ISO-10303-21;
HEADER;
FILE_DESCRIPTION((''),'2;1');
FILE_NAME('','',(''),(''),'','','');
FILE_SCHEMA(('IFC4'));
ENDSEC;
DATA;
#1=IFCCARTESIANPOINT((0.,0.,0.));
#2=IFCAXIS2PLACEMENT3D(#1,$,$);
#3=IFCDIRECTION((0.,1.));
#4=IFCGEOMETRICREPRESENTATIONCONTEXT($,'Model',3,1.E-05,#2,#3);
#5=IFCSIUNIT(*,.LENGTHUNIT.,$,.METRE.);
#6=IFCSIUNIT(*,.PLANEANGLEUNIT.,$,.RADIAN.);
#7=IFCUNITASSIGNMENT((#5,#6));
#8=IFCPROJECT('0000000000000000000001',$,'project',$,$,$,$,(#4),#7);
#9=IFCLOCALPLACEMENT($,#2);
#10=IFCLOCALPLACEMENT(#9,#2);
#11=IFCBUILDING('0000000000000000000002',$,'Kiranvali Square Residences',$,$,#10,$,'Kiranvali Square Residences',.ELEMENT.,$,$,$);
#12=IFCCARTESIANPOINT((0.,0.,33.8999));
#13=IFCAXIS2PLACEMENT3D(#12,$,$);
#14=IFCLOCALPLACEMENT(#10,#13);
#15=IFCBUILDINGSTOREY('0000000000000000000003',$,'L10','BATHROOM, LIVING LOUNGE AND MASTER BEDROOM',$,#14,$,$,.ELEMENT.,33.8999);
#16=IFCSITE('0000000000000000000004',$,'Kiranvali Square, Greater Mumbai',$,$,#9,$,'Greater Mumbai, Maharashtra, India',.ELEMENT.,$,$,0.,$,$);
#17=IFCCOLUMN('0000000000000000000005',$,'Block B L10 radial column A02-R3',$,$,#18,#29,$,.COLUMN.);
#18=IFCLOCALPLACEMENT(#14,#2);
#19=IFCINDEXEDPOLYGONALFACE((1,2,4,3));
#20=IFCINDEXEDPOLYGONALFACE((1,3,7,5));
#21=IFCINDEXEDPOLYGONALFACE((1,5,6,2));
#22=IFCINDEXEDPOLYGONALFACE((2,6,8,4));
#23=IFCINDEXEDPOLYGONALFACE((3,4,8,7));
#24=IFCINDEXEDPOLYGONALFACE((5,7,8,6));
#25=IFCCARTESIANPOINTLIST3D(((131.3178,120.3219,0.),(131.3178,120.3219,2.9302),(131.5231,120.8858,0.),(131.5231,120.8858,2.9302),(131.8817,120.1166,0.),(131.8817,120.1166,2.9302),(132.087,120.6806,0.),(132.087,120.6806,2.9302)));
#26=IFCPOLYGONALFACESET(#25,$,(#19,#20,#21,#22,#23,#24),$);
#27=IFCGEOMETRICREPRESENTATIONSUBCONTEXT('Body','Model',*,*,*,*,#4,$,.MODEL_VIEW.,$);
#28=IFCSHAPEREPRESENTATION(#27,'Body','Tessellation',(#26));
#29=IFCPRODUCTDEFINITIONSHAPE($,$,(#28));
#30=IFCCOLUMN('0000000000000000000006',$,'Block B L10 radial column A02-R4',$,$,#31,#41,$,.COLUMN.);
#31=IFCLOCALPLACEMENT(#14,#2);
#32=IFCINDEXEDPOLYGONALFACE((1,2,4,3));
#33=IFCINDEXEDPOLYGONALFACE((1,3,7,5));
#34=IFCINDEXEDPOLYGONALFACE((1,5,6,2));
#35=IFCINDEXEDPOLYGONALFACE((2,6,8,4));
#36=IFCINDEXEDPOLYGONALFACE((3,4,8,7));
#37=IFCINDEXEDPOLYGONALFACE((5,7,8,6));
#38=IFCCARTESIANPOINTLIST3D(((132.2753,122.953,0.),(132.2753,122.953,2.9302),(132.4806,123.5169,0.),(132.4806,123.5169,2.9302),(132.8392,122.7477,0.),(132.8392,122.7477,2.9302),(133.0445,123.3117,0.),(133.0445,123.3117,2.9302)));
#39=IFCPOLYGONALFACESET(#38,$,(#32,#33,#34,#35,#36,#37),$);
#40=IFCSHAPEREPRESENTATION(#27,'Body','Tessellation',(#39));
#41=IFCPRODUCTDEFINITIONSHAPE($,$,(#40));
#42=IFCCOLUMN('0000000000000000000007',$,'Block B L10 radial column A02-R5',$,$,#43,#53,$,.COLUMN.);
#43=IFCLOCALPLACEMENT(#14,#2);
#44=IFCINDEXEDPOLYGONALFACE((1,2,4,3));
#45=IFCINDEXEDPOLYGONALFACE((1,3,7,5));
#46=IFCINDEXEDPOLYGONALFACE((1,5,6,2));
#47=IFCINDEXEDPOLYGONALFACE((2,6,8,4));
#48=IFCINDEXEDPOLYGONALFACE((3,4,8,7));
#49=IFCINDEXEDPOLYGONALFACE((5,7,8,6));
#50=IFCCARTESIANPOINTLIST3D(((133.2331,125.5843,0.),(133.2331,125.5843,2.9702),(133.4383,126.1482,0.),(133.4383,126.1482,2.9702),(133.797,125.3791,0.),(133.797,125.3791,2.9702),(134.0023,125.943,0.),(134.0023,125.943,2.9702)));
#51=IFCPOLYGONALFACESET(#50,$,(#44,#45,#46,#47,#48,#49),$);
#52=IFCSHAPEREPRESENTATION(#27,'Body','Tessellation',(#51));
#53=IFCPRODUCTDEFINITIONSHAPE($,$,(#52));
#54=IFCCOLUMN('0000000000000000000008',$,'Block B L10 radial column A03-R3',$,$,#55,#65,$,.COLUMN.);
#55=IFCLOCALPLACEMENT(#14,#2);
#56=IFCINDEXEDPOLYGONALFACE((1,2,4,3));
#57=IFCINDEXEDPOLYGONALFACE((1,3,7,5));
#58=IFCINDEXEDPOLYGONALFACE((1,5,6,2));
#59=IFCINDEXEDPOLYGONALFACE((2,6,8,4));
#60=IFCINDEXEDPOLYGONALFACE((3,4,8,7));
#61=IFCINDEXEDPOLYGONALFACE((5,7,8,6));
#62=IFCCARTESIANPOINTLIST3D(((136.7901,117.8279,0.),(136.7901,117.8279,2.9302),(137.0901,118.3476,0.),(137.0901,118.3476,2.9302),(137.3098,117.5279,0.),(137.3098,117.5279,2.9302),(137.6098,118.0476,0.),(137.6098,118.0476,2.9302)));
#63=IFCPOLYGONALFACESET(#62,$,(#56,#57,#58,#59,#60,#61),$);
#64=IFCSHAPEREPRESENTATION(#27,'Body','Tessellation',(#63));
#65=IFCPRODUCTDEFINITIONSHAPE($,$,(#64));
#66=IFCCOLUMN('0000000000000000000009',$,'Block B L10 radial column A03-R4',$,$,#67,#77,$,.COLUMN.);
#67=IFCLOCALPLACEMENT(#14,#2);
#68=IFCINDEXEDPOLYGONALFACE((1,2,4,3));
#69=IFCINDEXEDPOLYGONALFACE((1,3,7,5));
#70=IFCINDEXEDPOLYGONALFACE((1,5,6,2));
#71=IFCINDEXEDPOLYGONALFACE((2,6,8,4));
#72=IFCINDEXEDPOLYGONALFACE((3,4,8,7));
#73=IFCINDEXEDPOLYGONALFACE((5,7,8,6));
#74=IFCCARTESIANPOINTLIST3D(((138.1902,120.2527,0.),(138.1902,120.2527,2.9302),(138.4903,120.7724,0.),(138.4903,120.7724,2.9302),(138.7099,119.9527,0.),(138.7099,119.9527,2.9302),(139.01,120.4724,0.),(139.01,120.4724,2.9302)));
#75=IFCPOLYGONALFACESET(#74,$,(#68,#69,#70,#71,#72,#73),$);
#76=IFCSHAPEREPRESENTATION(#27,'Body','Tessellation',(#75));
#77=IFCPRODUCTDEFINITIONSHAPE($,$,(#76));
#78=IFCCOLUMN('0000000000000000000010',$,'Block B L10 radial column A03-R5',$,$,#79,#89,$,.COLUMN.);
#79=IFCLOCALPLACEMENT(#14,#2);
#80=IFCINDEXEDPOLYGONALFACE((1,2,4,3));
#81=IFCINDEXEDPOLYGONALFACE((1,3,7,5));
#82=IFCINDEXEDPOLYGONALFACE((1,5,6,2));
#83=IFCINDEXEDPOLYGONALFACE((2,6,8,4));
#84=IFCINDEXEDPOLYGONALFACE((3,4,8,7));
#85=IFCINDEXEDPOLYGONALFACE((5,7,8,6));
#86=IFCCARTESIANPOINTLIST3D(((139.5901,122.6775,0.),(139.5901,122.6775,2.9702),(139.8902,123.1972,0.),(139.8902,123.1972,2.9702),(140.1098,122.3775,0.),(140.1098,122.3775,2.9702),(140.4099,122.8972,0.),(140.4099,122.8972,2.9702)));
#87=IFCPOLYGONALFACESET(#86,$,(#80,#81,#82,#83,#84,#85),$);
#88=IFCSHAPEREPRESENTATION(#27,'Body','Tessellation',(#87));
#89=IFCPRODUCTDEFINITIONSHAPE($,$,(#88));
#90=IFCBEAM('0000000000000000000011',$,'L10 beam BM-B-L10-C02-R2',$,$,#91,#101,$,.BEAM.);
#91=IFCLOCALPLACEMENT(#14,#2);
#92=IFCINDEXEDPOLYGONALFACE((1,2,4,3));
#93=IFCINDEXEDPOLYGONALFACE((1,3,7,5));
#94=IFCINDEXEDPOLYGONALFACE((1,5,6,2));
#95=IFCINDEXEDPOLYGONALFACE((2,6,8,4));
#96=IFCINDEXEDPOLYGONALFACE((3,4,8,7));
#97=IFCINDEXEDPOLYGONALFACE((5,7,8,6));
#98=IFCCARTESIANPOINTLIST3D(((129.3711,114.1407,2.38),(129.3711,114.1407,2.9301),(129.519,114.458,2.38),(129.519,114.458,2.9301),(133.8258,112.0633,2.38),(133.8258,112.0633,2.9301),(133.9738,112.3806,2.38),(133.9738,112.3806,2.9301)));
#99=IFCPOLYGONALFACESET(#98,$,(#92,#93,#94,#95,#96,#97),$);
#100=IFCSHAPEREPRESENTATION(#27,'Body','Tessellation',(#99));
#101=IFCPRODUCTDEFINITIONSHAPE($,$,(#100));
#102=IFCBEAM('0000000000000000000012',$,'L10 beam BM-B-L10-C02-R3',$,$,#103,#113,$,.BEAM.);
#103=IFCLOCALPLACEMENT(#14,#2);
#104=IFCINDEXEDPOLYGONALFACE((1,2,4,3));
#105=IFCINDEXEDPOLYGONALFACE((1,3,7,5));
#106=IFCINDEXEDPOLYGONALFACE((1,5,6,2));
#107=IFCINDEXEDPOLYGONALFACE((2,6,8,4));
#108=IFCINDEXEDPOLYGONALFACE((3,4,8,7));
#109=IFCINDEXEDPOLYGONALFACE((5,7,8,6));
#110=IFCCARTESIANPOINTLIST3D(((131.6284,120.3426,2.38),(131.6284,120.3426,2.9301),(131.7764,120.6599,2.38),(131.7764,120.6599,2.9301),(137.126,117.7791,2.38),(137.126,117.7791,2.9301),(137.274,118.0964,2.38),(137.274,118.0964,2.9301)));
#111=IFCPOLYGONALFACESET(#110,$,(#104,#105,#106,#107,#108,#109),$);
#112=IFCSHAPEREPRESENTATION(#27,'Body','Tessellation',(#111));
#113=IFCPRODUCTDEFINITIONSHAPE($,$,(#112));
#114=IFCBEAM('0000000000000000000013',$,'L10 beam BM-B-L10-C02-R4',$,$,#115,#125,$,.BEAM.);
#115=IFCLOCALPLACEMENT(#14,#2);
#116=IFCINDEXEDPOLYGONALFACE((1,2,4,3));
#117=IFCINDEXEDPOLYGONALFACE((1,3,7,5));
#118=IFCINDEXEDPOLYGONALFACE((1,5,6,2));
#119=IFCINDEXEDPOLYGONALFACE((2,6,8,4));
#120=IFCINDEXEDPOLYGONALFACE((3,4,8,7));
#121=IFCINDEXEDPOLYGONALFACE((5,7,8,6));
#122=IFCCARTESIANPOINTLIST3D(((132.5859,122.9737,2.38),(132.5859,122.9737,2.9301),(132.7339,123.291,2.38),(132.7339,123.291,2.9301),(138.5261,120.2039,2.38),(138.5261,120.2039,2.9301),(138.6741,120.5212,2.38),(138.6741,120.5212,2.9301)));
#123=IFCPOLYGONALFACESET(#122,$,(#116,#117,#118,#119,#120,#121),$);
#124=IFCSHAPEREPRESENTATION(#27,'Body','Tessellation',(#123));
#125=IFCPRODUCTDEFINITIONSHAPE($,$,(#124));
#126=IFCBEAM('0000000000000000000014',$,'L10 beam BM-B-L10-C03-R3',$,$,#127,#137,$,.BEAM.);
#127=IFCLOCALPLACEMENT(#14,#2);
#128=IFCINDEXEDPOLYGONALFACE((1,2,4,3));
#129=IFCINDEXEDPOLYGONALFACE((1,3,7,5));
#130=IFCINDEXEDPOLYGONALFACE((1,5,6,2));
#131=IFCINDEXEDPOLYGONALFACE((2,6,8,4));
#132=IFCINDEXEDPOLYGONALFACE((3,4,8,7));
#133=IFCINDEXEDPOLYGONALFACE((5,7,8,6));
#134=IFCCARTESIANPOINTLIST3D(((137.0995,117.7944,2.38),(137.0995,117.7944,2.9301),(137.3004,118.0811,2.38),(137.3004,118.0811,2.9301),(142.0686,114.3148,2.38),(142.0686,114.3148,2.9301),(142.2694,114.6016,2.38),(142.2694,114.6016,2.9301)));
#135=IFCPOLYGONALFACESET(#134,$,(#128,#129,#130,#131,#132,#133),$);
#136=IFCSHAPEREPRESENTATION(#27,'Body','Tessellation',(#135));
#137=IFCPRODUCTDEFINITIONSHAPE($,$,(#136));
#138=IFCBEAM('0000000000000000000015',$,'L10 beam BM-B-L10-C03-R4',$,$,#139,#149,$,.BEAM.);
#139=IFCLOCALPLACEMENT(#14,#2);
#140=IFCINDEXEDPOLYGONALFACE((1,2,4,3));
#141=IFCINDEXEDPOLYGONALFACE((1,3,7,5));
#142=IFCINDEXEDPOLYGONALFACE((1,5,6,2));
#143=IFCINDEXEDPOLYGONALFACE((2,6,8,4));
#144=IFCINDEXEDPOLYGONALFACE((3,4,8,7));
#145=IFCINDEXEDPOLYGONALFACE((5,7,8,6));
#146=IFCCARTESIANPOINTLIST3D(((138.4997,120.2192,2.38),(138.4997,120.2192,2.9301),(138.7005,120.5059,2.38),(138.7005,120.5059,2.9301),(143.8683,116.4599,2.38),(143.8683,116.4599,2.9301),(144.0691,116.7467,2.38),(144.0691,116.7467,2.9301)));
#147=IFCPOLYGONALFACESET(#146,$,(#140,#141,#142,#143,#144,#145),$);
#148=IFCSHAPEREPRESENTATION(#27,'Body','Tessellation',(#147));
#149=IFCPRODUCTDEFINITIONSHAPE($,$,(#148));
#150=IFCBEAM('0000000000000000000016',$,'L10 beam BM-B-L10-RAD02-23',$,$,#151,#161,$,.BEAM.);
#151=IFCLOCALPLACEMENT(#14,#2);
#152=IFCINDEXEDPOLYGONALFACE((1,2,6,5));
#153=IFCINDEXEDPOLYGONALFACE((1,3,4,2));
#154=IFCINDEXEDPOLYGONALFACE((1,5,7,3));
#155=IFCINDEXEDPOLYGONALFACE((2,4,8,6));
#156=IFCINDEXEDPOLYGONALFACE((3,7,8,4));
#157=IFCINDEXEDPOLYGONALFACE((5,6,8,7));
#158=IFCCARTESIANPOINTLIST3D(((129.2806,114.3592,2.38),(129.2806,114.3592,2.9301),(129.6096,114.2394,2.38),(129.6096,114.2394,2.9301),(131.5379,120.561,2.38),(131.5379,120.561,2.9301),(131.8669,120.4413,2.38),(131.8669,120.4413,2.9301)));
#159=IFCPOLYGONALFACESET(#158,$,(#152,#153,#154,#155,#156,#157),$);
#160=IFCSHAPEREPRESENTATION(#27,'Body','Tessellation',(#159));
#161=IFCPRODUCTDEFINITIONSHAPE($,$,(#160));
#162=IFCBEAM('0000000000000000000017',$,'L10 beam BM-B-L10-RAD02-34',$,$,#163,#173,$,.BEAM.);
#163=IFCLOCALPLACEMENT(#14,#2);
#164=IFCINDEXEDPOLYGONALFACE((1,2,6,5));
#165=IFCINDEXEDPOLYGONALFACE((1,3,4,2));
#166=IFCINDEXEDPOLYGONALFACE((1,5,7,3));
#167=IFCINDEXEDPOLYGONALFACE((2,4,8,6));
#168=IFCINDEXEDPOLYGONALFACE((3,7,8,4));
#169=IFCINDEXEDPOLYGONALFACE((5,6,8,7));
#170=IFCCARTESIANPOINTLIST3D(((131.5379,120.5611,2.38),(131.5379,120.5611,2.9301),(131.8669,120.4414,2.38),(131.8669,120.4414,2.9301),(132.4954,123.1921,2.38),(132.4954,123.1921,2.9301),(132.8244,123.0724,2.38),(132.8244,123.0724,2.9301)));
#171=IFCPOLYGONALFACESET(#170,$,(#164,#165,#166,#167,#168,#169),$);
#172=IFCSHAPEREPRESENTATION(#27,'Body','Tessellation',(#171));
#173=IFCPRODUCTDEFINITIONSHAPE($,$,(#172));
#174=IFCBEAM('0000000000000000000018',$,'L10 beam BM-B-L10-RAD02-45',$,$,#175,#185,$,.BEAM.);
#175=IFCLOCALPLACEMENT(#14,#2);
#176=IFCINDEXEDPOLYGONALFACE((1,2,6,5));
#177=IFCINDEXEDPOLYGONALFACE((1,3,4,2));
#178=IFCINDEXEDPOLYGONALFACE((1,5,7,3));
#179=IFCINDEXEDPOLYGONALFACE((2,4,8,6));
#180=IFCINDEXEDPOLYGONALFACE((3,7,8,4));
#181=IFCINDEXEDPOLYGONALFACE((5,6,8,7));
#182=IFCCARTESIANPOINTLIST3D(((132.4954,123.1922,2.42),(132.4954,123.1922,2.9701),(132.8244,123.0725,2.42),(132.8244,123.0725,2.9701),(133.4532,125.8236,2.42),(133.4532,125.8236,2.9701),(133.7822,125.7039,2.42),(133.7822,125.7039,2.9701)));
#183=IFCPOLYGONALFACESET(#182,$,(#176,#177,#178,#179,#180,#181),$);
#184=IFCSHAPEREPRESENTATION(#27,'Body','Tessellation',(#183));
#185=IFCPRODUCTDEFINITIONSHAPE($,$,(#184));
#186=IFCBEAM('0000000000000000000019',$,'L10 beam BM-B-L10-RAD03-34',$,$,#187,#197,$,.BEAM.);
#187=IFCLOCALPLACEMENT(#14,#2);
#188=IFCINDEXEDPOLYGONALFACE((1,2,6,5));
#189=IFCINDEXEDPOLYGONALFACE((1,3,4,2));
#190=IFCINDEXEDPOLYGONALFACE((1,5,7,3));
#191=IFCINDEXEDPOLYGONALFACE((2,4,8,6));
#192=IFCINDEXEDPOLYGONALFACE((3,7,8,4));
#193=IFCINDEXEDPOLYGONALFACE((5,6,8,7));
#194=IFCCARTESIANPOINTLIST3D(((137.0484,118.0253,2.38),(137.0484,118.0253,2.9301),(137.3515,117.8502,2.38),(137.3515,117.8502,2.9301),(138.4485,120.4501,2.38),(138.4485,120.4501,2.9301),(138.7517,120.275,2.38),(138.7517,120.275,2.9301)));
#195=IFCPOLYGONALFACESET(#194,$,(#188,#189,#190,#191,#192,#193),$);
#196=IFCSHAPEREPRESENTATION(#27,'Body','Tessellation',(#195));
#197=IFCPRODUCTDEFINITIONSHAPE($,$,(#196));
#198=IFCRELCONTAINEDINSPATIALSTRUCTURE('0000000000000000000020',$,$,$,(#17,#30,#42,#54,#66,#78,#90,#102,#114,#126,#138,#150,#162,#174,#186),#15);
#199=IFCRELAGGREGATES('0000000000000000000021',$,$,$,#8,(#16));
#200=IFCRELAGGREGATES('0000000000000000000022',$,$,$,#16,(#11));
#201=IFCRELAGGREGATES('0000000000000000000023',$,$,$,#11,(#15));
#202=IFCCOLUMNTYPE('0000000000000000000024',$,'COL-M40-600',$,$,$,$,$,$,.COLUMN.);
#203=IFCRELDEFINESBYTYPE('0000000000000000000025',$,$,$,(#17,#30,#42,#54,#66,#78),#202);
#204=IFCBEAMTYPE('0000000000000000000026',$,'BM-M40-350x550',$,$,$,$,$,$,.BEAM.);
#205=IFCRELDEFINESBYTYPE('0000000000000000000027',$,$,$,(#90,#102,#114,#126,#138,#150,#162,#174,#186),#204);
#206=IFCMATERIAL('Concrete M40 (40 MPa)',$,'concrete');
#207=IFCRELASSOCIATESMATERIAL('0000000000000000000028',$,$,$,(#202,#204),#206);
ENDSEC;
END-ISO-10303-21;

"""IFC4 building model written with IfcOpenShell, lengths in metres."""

from ifc_helpers import new_model, si_unit, direction, frame, origin, origin_2d, place, context, subcontext, project, spatial, rectangle, extrude, material, material_profile, profile_set, type_object, element, save


model = new_model("IFC4")

# Units and contexts
model_context = context("Model", 3, precision=1e-05, world=origin(), true_north=direction((0.0, 1.0)))
body_context = subcontext(model_context, "Body", "Model", "MODEL_VIEW")
ifc_project = project(units=[si_unit("LENGTHUNIT", "METRE"), si_unit("PLANEANGLEUNIT", "RADIAN")], contexts=[model_context])

# Site, building, storey
site_placement = place(None, origin())
site = spatial("IfcSite", under=ifc_project, at=site_placement, Name="Kiranvali Square, Greater Mumbai", LongName="Greater Mumbai, Maharashtra, India", CompositionType="ELEMENT", RefElevation=0.0)
building_placement = place(site_placement, origin())
building = spatial("IfcBuilding", under=site, at=building_placement, Name="Kiranvali Square Residences", LongName="Kiranvali Square Residences", CompositionType="ELEMENT")
storey_placement = place(building_placement, frame((0.0, 0.0, 33.8999)))
storey = spatial("IfcBuildingStorey", under=building, at=storey_placement, Name="L10", Description="BATHROOM, LIVING LOUNGE AND MASTER BEDROOM", CompositionType="ELEMENT", Elevation=33.8999)

# Columns
ifc_material_1 = material(Name="Concrete M40 (40 MPa)", Category="concrete")
ifc_material_profile_1 = material_profile(ifc_material_1, rectangle(XDim=0.6001, YDim=0.6001, at=origin_2d()), Name="RC 600x600")
ifc_profile_set_1 = profile_set([ifc_material_profile_1], Name="Concrete M40 (40 MPa)")
column_type = type_object("IfcColumnType", Name="COL-M40-600", PredefinedType="COLUMN", material=ifc_profile_set_1)
for number, where, z_axis, x_axis, name in (
    (1, (131.7024, 120.5012, 0.0), (0.0, 0.0, 1.0), (-0.939693, 0.34202, 0.0), "Block B L10 radial column A02-R3"),
    (2, (132.6599, 123.1323, 0.0), (0.0, 0.0, 1.0), (-0.939693, 0.34202, 0.0), "Block B L10 radial column A02-R4"),
):
    element("IfcColumn", number, at=place(storey_placement, frame(where, z_axis=z_axis, x_axis=x_axis)), inside=storey, type_object=column_type, Name=name, PredefinedType="COLUMN", context=body_context, shape_type="SweptSolid", body=[
        extrude(rectangle(XDim=0.6001, YDim=0.6001, at=origin_2d()), origin(), (0.0, 0.0, 1.0), 2.9302),
    ])
column_1_placement = place(storey_placement, frame((133.6177, 125.7637, 0.0), z_axis=(0.0, 0.0, 1.0), x_axis=(-0.939693, 0.34202, 0.0)))
element("IfcColumn", 3, at=column_1_placement, inside=storey, type_object=column_type, Name="Block B L10 radial column A02-R5", PredefinedType="COLUMN", context=body_context, shape_type="SweptSolid", body=[
    extrude(rectangle(XDim=0.6001, YDim=0.6001, at=origin_2d()), origin(), (0.0, 0.0, 1.0), 2.9702),
])
for number, where, z_axis, x_axis, name in (
    (4, (137.2, 117.9377, 0.0), (0.0, 0.0, 1.0), (-0.866025, 0.5, 0.0), "Block B L10 radial column A03-R3"),
    (5, (138.6001, 120.3625, 0.0), (0.0, 0.0, 1.0), (-0.866025, 0.5, 0.0), "Block B L10 radial column A03-R4"),
):
    element("IfcColumn", number, at=place(storey_placement, frame(where, z_axis=z_axis, x_axis=x_axis)), inside=storey, type_object=column_type, Name=name, PredefinedType="COLUMN", context=body_context, shape_type="SweptSolid", body=[
        extrude(rectangle(XDim=0.6001, YDim=0.6001, at=origin_2d()), origin(), (0.0, 0.0, 1.0), 2.9302),
    ])
column_2_placement = place(storey_placement, frame((140.0, 122.7874, 0.0), z_axis=(0.0, 0.0, 1.0), x_axis=(-0.866025, 0.5, 0.0)))
element("IfcColumn", 6, at=column_2_placement, inside=storey, type_object=column_type, Name="Block B L10 radial column A03-R5", PredefinedType="COLUMN", context=body_context, shape_type="SweptSolid", body=[
    extrude(rectangle(XDim=0.6001, YDim=0.6001, at=origin_2d()), origin(), (0.0, 0.0, 1.0), 2.9702),
])

# Beams
ifc_material_profile_2 = material_profile(ifc_material_1, rectangle(XDim=0.3501, YDim=0.55, at=origin_2d()), Name="RC 350x550")
ifc_profile_set_2 = profile_set([ifc_material_profile_2], Name="Concrete M40 (40 MPa)")
beam_type_1 = type_object("IfcBeamType", Name="BM-M40-350x550", PredefinedType="BEAM", material=ifc_profile_set_2)
beam_1_placement = place(storey_placement, frame((129.4451, 114.2993, 2.655), z_axis=(0.906302, -0.42263, 0.0), x_axis=(0.42263, 0.906302, 0.0)))
element("IfcBeam", 7, at=beam_1_placement, inside=storey, type_object=beam_type_1, Name="L10 beam BM-B-L10-C02-R2", PredefinedType="BEAM", context=body_context, shape_type="SweptSolid", body=[
    extrude(rectangle(XDim=0.3501, YDim=0.55, at=origin_2d()), origin(), (0.0, 0.0, 1.0), 4.9153),
])
beam_2_placement = place(storey_placement, frame((131.7024, 120.5012, 2.655), z_axis=(0.906313, -0.422608, 0.0), x_axis=(0.422608, 0.906313, 0.0)))
element("IfcBeam", 8, at=beam_2_placement, inside=storey, type_object=beam_type_1, Name="L10 beam BM-B-L10-C02-R3", PredefinedType="BEAM", context=body_context, shape_type="SweptSolid", body=[
    extrude(rectangle(XDim=0.3501, YDim=0.55, at=origin_2d()), origin(), (0.0, 0.0, 1.0), 6.0659),
])
beam_3_placement = place(storey_placement, frame((132.6599, 123.1323, 2.655), z_axis=(0.906318, -0.422596, 0.0), x_axis=(0.422596, 0.906318, 0.0)))
element("IfcBeam", 9, at=beam_3_placement, inside=storey, type_object=beam_type_1, Name="L10 beam BM-B-L10-C02-R4", PredefinedType="BEAM", context=body_context, shape_type="SweptSolid", body=[
    extrude(rectangle(XDim=0.3501, YDim=0.55, at=origin_2d()), origin(), (0.0, 0.0, 1.0), 6.5542),
])
beam_4_placement = place(storey_placement, frame((137.2, 117.9377, 2.655), z_axis=(0.819139, -0.573595, 0.0), x_axis=(0.573595, 0.819139, 0.0)))
element("IfcBeam", 10, at=beam_4_placement, inside=storey, type_object=beam_type_1, Name="L10 beam BM-B-L10-C03-R3", PredefinedType="BEAM", context=body_context, shape_type="SweptSolid", body=[
    extrude(rectangle(XDim=0.3501, YDim=0.55, at=origin_2d()), origin(), (0.0, 0.0, 1.0), 6.0662),
])
beam_5_placement = place(storey_placement, frame((138.6001, 120.3625, 2.655), z_axis=(0.819144, -0.573587, 0.0), x_axis=(0.573587, 0.819144, 0.0)))
element("IfcBeam", 11, at=beam_5_placement, inside=storey, type_object=beam_type_1, Name="L10 beam BM-B-L10-C03-R4", PredefinedType="BEAM", context=body_context, shape_type="SweptSolid", body=[
    extrude(rectangle(XDim=0.3501, YDim=0.55, at=origin_2d()), origin(), (0.0, 0.0, 1.0), 6.554),
])
beam_6_placement = place(storey_placement, frame((129.4451, 114.2993, 2.655), z_axis=(0.342022, 0.939692, 0.0), x_axis=(-0.939692, 0.342022, 0.0)))
element("IfcBeam", 12, at=beam_6_placement, inside=storey, type_object=beam_type_1, Name="L10 beam BM-B-L10-RAD02-23", PredefinedType="BEAM", context=body_context, shape_type="SweptSolid", body=[
    extrude(rectangle(XDim=0.3501, YDim=0.55, at=origin_2d()), origin(), (0.0, 0.0, 1.0), 6.5999),
])
beam_7_placement = place(storey_placement, frame((131.7024, 120.5012, 2.655), z_axis=(0.341981, 0.939707, 0.0), x_axis=(-0.939707, 0.341981, 0.0)))
element("IfcBeam", 13, at=beam_7_placement, inside=storey, type_object=beam_type_1, Name="L10 beam BM-B-L10-RAD02-34", PredefinedType="BEAM", context=body_context, shape_type="SweptSolid", body=[
    extrude(rectangle(XDim=0.3501, YDim=0.55, at=origin_2d()), origin(), (0.0, 0.0, 1.0), 2.7998),
])
beam_8_placement = place(storey_placement, frame((132.6599, 123.1323, 2.6951), z_axis=(0.34203, 0.939689, 0.0), x_axis=(-0.939689, 0.34203, 0.0)))
element("IfcBeam", 14, at=beam_8_placement, inside=storey, type_object=beam_type_1, Name="L10 beam BM-B-L10-RAD02-45", PredefinedType="BEAM", context=body_context, shape_type="SweptSolid", body=[
    extrude(rectangle(XDim=0.3501, YDim=0.55, at=origin_2d()), origin(), (0.0, 0.0, 1.0), 2.8003),
])
beam_9_placement = place(storey_placement, frame((137.2, 117.9377, 2.655), z_axis=(0.50005, 0.865997, 0.0), x_axis=(-0.865997, 0.50005, 0.0)))
element("IfcBeam", 15, at=beam_9_placement, inside=storey, type_object=beam_type_1, Name="L10 beam BM-B-L10-RAD03-34", PredefinedType="BEAM", context=body_context, shape_type="SweptSolid", body=[
    extrude(rectangle(XDim=0.3501, YDim=0.55, at=origin_2d()), origin(), (0.0, 0.0, 1.0), 2.8),
])

save(model, "model.ifc")
